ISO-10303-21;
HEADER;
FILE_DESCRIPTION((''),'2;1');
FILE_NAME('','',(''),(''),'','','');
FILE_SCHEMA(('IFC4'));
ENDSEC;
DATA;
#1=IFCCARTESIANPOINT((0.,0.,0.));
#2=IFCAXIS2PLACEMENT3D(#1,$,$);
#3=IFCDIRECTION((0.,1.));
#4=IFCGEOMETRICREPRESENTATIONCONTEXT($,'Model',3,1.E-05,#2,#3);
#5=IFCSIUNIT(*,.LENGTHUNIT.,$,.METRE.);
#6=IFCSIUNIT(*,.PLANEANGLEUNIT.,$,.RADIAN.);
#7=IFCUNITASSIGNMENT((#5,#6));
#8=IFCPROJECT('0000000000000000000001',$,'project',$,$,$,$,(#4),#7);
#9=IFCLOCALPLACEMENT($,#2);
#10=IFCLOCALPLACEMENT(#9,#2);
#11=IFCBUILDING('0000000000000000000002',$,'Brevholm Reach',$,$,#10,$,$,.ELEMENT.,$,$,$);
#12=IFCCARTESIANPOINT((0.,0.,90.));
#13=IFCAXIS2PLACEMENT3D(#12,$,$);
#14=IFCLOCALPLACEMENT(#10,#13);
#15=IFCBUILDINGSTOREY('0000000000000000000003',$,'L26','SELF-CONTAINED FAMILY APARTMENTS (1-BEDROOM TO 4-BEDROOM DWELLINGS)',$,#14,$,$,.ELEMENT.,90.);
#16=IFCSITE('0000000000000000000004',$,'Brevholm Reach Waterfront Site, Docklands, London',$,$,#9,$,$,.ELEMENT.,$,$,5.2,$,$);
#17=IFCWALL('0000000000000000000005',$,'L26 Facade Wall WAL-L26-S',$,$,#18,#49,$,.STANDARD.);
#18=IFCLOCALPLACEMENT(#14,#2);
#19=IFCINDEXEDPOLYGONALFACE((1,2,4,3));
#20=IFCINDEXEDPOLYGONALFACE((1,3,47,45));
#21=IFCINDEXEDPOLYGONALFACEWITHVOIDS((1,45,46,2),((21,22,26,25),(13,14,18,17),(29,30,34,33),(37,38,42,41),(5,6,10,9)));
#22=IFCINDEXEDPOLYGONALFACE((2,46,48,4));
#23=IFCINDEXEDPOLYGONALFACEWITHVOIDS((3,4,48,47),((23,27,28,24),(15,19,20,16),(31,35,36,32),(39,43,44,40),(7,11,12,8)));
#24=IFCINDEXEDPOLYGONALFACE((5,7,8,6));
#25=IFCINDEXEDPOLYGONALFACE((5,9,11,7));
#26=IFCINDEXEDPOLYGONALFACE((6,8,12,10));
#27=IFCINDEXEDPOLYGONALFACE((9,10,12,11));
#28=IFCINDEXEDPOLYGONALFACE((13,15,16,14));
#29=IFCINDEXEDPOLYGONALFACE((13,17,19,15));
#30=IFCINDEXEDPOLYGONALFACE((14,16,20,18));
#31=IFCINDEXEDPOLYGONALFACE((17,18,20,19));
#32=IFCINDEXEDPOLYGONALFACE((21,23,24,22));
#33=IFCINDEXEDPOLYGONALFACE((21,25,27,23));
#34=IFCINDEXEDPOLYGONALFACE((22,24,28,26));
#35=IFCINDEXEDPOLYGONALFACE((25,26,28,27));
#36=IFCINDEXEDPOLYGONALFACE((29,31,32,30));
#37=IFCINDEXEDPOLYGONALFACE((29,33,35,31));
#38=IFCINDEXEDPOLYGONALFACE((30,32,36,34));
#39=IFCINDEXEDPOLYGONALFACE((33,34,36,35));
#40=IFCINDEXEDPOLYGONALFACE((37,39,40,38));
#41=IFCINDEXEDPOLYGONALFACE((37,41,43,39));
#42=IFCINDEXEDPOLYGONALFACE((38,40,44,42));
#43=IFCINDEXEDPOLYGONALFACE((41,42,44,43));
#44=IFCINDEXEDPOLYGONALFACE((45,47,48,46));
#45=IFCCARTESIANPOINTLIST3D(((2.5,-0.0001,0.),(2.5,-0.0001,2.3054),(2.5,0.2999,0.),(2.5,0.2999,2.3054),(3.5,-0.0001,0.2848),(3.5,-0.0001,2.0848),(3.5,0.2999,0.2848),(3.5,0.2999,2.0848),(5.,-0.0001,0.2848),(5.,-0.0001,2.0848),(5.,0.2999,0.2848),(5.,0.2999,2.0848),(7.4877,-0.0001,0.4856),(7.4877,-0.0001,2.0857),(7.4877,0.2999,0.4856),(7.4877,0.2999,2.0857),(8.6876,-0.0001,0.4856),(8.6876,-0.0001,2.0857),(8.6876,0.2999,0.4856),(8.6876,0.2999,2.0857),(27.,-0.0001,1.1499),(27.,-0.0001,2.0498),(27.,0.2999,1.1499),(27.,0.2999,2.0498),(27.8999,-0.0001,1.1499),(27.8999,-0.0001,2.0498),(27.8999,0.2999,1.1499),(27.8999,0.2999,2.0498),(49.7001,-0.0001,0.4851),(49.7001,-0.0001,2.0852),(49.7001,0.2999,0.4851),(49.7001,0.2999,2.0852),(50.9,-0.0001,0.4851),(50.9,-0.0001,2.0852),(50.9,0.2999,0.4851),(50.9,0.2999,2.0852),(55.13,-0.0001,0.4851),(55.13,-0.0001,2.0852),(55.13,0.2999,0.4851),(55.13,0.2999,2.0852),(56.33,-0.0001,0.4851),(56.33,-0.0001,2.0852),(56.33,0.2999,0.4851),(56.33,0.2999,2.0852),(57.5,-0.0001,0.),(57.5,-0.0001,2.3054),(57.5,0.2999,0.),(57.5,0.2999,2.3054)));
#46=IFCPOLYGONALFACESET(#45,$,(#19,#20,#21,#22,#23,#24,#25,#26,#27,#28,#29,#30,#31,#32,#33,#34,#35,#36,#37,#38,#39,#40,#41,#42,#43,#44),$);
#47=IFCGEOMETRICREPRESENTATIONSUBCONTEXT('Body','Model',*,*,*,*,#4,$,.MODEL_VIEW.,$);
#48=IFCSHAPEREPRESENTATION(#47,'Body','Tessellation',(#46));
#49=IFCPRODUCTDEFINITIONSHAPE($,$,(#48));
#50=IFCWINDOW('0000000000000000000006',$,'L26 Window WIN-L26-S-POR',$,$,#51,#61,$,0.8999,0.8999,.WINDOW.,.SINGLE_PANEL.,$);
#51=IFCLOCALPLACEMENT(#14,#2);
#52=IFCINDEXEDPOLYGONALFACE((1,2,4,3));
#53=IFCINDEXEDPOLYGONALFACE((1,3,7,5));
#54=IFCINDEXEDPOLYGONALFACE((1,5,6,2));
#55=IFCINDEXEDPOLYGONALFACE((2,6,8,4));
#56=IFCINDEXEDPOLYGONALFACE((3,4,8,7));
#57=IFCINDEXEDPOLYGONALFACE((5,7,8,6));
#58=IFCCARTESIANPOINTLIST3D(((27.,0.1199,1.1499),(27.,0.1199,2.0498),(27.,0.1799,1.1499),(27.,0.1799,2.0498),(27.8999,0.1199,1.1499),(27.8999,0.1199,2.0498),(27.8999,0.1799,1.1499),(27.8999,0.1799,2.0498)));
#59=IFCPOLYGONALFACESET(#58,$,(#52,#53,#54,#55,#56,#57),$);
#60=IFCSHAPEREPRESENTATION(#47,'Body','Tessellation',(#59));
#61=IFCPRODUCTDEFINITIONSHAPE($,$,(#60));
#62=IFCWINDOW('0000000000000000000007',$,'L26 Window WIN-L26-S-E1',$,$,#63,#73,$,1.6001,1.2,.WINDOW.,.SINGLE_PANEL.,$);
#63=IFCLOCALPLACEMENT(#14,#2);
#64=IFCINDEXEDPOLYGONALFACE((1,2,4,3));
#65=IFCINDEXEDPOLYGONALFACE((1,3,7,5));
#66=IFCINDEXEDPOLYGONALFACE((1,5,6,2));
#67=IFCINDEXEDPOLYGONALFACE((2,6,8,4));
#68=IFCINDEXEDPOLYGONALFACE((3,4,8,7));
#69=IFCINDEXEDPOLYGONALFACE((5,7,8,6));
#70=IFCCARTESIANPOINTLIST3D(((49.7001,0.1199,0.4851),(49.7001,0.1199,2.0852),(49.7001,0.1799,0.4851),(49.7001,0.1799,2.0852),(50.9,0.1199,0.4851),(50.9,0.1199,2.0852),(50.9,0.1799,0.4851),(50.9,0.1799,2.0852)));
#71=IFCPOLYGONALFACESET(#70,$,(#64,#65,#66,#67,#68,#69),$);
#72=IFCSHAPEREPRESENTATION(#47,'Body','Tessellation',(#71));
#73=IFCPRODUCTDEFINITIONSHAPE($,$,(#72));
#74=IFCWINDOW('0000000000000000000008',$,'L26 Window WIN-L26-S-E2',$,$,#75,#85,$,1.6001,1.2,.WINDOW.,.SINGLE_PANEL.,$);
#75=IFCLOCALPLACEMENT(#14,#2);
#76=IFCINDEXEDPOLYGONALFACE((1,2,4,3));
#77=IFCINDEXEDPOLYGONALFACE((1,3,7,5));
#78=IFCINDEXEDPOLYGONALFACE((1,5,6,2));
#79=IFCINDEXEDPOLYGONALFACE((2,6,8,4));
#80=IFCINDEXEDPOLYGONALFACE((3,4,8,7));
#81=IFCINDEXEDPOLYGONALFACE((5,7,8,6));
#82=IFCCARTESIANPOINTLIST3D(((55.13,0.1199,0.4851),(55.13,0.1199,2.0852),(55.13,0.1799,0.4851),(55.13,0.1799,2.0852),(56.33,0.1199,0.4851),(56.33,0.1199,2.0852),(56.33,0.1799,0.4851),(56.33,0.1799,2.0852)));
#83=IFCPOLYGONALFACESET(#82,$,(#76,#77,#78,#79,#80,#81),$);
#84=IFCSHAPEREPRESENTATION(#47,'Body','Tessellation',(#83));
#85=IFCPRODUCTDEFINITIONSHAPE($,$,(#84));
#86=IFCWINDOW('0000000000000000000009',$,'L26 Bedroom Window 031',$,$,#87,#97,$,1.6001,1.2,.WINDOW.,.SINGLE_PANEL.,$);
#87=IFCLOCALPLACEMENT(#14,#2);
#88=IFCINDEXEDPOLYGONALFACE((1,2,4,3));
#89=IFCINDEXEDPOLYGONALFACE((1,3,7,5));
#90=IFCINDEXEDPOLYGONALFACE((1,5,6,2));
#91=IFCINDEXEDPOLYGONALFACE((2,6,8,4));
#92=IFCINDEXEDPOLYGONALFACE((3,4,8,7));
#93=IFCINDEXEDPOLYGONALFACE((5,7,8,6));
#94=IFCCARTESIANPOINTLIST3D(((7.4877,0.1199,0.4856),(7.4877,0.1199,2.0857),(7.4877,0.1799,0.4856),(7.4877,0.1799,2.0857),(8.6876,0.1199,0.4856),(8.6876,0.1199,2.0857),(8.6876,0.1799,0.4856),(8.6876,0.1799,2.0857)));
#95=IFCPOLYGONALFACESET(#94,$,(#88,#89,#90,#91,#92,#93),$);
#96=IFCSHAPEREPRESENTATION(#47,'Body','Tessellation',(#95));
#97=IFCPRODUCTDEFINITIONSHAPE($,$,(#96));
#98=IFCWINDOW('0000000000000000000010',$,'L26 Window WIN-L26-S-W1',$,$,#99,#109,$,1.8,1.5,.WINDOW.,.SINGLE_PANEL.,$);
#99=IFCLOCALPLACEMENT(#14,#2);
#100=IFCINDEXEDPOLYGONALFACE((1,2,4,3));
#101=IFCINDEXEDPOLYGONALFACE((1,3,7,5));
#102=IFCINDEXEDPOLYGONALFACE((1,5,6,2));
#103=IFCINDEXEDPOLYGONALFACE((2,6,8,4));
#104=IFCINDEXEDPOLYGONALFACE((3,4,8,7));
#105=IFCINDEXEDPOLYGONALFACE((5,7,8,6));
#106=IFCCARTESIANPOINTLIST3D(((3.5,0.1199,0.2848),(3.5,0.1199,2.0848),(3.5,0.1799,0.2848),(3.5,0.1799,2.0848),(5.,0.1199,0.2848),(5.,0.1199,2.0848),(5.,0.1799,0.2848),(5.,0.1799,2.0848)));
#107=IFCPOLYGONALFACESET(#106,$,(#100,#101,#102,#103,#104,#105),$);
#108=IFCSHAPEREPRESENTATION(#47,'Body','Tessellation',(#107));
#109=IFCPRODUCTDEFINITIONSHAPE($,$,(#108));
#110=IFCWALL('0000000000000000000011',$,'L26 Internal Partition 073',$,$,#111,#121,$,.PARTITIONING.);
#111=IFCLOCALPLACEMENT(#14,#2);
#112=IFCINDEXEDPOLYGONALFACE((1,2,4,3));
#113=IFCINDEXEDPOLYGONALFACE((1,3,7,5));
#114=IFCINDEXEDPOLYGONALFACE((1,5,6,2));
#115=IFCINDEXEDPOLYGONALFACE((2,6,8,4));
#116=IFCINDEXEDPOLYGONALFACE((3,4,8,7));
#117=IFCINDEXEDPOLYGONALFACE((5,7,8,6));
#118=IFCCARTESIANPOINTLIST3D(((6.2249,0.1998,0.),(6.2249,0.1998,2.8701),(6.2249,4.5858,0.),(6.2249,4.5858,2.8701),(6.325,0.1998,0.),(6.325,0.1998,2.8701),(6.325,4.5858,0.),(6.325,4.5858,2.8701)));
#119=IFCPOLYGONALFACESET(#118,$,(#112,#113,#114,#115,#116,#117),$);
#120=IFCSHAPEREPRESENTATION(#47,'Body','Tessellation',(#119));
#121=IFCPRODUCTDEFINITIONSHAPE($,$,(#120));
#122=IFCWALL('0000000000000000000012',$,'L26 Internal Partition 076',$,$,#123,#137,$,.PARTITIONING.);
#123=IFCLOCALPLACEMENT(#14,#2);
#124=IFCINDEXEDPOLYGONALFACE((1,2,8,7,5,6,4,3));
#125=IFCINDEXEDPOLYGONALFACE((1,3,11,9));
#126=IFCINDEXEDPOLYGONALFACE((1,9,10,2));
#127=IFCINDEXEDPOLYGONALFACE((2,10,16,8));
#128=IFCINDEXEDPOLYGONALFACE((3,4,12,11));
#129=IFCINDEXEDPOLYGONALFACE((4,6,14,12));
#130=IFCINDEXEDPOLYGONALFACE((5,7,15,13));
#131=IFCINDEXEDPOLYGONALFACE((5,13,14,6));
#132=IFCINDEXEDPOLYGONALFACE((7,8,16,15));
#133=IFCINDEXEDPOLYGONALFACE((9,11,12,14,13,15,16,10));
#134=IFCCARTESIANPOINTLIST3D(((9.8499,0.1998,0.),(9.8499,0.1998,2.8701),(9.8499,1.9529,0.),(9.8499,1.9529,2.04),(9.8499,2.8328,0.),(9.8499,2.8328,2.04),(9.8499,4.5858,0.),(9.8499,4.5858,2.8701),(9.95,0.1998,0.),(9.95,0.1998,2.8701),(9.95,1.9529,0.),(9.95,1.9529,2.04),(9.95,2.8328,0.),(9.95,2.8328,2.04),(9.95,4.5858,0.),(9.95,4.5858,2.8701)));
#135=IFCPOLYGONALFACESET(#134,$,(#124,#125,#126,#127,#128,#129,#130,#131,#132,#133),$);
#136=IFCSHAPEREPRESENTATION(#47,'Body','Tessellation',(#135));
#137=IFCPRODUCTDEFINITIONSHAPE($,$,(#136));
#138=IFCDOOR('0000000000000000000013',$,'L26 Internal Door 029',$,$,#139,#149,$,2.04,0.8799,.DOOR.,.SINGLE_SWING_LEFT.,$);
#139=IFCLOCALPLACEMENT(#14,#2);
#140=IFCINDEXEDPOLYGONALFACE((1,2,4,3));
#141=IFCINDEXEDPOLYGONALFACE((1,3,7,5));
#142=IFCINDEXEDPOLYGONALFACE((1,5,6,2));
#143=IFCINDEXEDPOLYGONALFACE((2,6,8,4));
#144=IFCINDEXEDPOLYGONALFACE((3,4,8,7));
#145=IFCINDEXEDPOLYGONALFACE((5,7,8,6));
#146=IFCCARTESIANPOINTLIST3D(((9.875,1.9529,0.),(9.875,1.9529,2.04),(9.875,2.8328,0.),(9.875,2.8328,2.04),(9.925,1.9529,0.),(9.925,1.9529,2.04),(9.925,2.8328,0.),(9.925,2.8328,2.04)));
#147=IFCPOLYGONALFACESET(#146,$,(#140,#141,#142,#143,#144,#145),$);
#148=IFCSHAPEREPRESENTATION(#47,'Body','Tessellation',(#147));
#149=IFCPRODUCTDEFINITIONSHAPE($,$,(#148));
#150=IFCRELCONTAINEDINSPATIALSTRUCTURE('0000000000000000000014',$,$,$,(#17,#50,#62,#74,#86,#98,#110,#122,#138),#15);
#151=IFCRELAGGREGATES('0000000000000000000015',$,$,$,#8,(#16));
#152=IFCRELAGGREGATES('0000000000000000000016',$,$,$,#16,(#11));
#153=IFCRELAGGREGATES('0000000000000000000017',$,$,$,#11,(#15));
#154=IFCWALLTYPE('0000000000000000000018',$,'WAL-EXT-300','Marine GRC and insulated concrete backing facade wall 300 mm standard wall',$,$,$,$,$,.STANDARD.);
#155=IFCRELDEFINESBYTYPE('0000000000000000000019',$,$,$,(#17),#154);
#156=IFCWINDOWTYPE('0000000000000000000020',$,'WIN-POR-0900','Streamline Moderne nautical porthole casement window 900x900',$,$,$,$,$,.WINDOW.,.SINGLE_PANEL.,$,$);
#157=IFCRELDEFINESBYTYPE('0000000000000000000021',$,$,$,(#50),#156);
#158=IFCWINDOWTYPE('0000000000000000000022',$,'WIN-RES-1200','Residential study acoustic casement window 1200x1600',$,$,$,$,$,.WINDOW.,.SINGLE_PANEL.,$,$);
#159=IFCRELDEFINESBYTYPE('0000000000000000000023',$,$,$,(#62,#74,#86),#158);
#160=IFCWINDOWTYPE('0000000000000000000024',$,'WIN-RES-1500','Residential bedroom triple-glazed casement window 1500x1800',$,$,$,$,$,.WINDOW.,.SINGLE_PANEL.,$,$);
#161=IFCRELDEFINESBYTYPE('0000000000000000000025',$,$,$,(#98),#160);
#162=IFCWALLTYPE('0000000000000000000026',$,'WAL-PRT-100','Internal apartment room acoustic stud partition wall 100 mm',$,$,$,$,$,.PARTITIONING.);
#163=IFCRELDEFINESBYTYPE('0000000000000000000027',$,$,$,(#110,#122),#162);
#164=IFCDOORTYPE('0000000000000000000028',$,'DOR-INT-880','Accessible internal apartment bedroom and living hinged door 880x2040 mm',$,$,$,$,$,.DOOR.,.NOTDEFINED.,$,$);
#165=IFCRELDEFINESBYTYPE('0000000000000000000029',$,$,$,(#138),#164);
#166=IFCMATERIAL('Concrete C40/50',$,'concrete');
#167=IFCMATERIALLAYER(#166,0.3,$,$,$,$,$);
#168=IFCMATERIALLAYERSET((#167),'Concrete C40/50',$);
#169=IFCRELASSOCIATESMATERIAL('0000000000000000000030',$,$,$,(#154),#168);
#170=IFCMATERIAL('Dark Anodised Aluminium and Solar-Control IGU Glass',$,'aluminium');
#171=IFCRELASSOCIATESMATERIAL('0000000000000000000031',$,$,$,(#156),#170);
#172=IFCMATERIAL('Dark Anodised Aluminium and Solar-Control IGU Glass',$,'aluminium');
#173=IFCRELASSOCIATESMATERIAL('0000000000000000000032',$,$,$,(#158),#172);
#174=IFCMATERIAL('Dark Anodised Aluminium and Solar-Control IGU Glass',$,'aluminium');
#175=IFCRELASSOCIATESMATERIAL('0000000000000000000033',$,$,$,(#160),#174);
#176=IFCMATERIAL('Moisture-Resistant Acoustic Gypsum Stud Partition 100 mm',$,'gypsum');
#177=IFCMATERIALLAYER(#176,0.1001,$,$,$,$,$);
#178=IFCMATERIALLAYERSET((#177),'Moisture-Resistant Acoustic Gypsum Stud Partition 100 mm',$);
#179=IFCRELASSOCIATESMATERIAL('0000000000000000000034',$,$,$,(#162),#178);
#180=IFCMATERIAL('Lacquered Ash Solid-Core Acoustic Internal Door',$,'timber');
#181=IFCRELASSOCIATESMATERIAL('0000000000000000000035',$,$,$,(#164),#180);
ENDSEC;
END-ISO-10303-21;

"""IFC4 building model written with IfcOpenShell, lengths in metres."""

from ifc_helpers import new_model, si_unit, direction, frame, frame_2d, origin, place, context, subcontext, project, spatial, rectangle, extrude, material, layer, layer_set, type_object, element, fill, save


model = new_model("IFC4")

# Units and contexts
model_context = context("Model", 3, precision=1e-05, world=origin(), true_north=direction((0.0, 1.0)))
body_context = subcontext(model_context, "Body", "Model", "MODEL_VIEW")
ifc_project = project(units=[si_unit("LENGTHUNIT", "METRE"), si_unit("PLANEANGLEUNIT", "RADIAN")], contexts=[model_context])

# Site, building, storey
site_placement = place(None, origin())
site = spatial("IfcSite", under=ifc_project, at=site_placement, Name="Brevholm Reach Waterfront Site, Docklands, London", CompositionType="ELEMENT", RefElevation=5.2)
building_placement = place(site_placement, origin())
building = spatial("IfcBuilding", under=site, at=building_placement, Name="Brevholm Reach", CompositionType="ELEMENT")
storey_placement = place(building_placement, frame((0.0, 0.0, 90.0)))
storey = spatial("IfcBuildingStorey", under=building, at=storey_placement, Name="L26", Description="SELF-CONTAINED FAMILY APARTMENTS (1-BEDROOM TO 4-BEDROOM DWELLINGS)", CompositionType="ELEMENT", Elevation=90.0)

# Wall, openings, windows
ifc_material_1 = material(Name="Concrete C40/50", Category="concrete")
ifc_layer_1 = layer(ifc_material_1, 0.3)
ifc_layer_set_1 = layer_set([ifc_layer_1], Name="Concrete C40/50")
wall_type_1 = type_object("IfcWallType", Name="WAL-EXT-300", Description="Marine GRC and insulated concrete backing facade wall 300 mm standard wall", PredefinedType="STANDARD", material=ifc_layer_set_1)
wall_1_placement = place(storey_placement, frame((2.5, 0.1499, 0.0), z_axis=(0.0, 0.0, 1.0), x_axis=(1.0, 0.0, 0.0)))
wall_1 = element("IfcWall", 1, at=wall_1_placement, inside=storey, type_object=wall_type_1, Name="L26 Facade Wall WAL-L26-S", PredefinedType="STANDARD", context=body_context, shape_type="SweptSolid", body=[
    extrude(rectangle(XDim=55.0, YDim=0.3, at=frame_2d((27.5, 0.0))), origin(), (0.0, 0.0, 1.0), 2.3054),
])
opening_1_placement = place(wall_1_placement, frame((1.0, 0.0, 0.2849)))
opening_1 = element("IfcOpeningElement", 2, at=opening_1_placement, cuts=wall_1, PredefinedType="OPENING", context=body_context, shape_type="SweptSolid", body=[
    extrude(rectangle(XDim=1.5, YDim=1.8, at=frame_2d((0.75, 0.8999))), frame((0.0, 0.1599, 0.0), z_axis=(0.0, -1.0, 0.0), x_axis=(1.0, 0.0, 0.0)), (0.0, 0.0, 1.0), 0.3201),
])
opening_2_placement = place(wall_1_placement, frame((24.5, 0.0, 1.1499)))
opening_2 = element("IfcOpeningElement", 3, at=opening_2_placement, cuts=wall_1, PredefinedType="OPENING", context=body_context, shape_type="SweptSolid", body=[
    extrude(rectangle(XDim=0.8999, YDim=0.8999, at=frame_2d((0.45, 0.45))), frame((0.0, 0.1599, 0.0), z_axis=(0.0, -1.0, 0.0), x_axis=(1.0, 0.0, 0.0)), (0.0, 0.0, 1.0), 0.3201),
])
opening_3_placement = place(wall_1_placement, frame((47.2, 0.0, 0.4851)))
opening_3 = element("IfcOpeningElement", 4, at=opening_3_placement, cuts=wall_1, PredefinedType="OPENING", context=body_context, shape_type="SweptSolid", body=[
    extrude(rectangle(XDim=1.2, YDim=1.6001, at=frame_2d((0.6001, 0.8))), frame((0.0, 0.1599, 0.0), z_axis=(0.0, -1.0, 0.0), x_axis=(1.0, 0.0, 0.0)), (0.0, 0.0, 1.0), 0.3201),
])
opening_4_placement = place(wall_1_placement, frame((52.6299, 0.0, 0.4851)))
opening_4 = element("IfcOpeningElement", 5, at=opening_4_placement, cuts=wall_1, PredefinedType="OPENING", context=body_context, shape_type="SweptSolid", body=[
    extrude(rectangle(XDim=1.2, YDim=1.6001, at=frame_2d((0.6001, 0.8))), frame((0.0, 0.1599, 0.0), z_axis=(0.0, -1.0, 0.0), x_axis=(1.0, 0.0, 0.0)), (0.0, 0.0, 1.0), 0.3201),
])
opening_5_placement = place(wall_1_placement, frame((4.9875, 0.0, 0.4856)))
opening_5 = element("IfcOpeningElement", 6, at=opening_5_placement, cuts=wall_1, PredefinedType="OPENING", context=body_context, shape_type="SweptSolid", body=[
    extrude(rectangle(XDim=1.2, YDim=1.6001, at=frame_2d((0.6001, 0.8))), frame((0.0, 0.1599, 0.0), z_axis=(0.0, -1.0, 0.0), x_axis=(1.0, 0.0, 0.0)), (0.0, 0.0, 1.0), 0.3201),
])
ifc_material_2 = material(Name="Dark Anodised Aluminium and Solar-Control IGU Glass", Category="aluminium")
window_type_1 = type_object("IfcWindowType", Name="WIN-POR-0900", Description="Streamline Moderne nautical porthole casement window 900x900", PartitioningType="SINGLE_PANEL", PredefinedType="WINDOW", material=ifc_material_2)
window_1_placement = place(opening_2_placement, origin())
window_1 = element("IfcWindow", 7, at=window_1_placement, inside=storey, type_object=window_type_1, Name="L26 Window WIN-L26-S-POR", OverallHeight=0.8999, OverallWidth=0.8999, PartitioningType="SINGLE_PANEL", PredefinedType="WINDOW", context=body_context, shape_type="SweptSolid", body=[
    extrude(rectangle(XDim=0.8999, YDim=0.8999, at=frame_2d((0.45, 0.45))), frame((0.0, 0.03, 0.0), z_axis=(0.0, -1.0, 0.0), x_axis=(1.0, 0.0, 0.0)), (0.0, 0.0, 1.0), 0.0601),
])
fill(opening_2, window_1)
ifc_material_3 = material(Name="Dark Anodised Aluminium and Solar-Control IGU Glass", Category="aluminium")
window_type_2 = type_object("IfcWindowType", Name="WIN-RES-1200", Description="Residential study acoustic casement window 1200x1600", PartitioningType="SINGLE_PANEL", PredefinedType="WINDOW", material=ifc_material_3)
window_2_placement = place(opening_3_placement, origin())
window_2 = element("IfcWindow", 8, at=window_2_placement, inside=storey, type_object=window_type_2, Name="L26 Window WIN-L26-S-E1", OverallHeight=1.6001, OverallWidth=1.2, PartitioningType="SINGLE_PANEL", PredefinedType="WINDOW", context=body_context, shape_type="SweptSolid", body=[
    extrude(rectangle(XDim=1.2, YDim=1.6001, at=frame_2d((0.6001, 0.8))), frame((0.0, 0.03, 0.0), z_axis=(0.0, -1.0, 0.0), x_axis=(1.0, 0.0, 0.0)), (0.0, 0.0, 1.0), 0.0601),
])
fill(opening_3, window_2)
window_3_placement = place(opening_4_placement, origin())
window_3 = element("IfcWindow", 9, at=window_3_placement, inside=storey, type_object=window_type_2, Name="L26 Window WIN-L26-S-E2", OverallHeight=1.6001, OverallWidth=1.2, PartitioningType="SINGLE_PANEL", PredefinedType="WINDOW", context=body_context, shape_type="SweptSolid", body=[
    extrude(rectangle(XDim=1.2, YDim=1.6001, at=frame_2d((0.6001, 0.8))), frame((0.0, 0.03, 0.0), z_axis=(0.0, -1.0, 0.0), x_axis=(1.0, 0.0, 0.0)), (0.0, 0.0, 1.0), 0.0601),
])
fill(opening_4, window_3)
window_4_placement = place(opening_5_placement, origin())
window_4 = element("IfcWindow", 10, at=window_4_placement, inside=storey, type_object=window_type_2, Name="L26 Bedroom Window 031", OverallHeight=1.6001, OverallWidth=1.2, PartitioningType="SINGLE_PANEL", PredefinedType="WINDOW", context=body_context, shape_type="SweptSolid", body=[
    extrude(rectangle(XDim=1.2, YDim=1.6001, at=frame_2d((0.6001, 0.8))), frame((0.0, 0.03, 0.0), z_axis=(0.0, -1.0, 0.0), x_axis=(1.0, 0.0, 0.0)), (0.0, 0.0, 1.0), 0.0601),
])
fill(opening_5, window_4)
ifc_material_4 = material(Name="Dark Anodised Aluminium and Solar-Control IGU Glass", Category="aluminium")
window_type_3 = type_object("IfcWindowType", Name="WIN-RES-1500", Description="Residential bedroom triple-glazed casement window 1500x1800", PartitioningType="SINGLE_PANEL", PredefinedType="WINDOW", material=ifc_material_4)
window_5_placement = place(opening_1_placement, origin())
window_5 = element("IfcWindow", 11, at=window_5_placement, inside=storey, type_object=window_type_3, Name="L26 Window WIN-L26-S-W1", OverallHeight=1.8, OverallWidth=1.5, PartitioningType="SINGLE_PANEL", PredefinedType="WINDOW", context=body_context, shape_type="SweptSolid", body=[
    extrude(rectangle(XDim=1.5, YDim=1.8, at=frame_2d((0.75, 0.8999))), frame((0.0, 0.03, 0.0), z_axis=(0.0, -1.0, 0.0), x_axis=(1.0, 0.0, 0.0)), (0.0, 0.0, 1.0), 0.0601),
])
fill(opening_1, window_5)

# Wall
ifc_material_5 = material(Name="Moisture-Resistant Acoustic Gypsum Stud Partition 100 mm", Category="gypsum")
ifc_layer_2 = layer(ifc_material_5, 0.1001)
ifc_layer_set_2 = layer_set([ifc_layer_2], Name="Moisture-Resistant Acoustic Gypsum Stud Partition 100 mm")
wall_type_2 = type_object("IfcWallType", Name="WAL-PRT-100", Description="Internal apartment room acoustic stud partition wall 100 mm", PredefinedType="PARTITIONING", material=ifc_layer_set_2)
wall_2_placement = place(storey_placement, frame((6.2749, 0.2, 0.0), z_axis=(0.0, 0.0, 1.0), x_axis=(0.0, 1.0, 0.0)))
element("IfcWall", 12, at=wall_2_placement, inside=storey, type_object=wall_type_2, Name="L26 Internal Partition 073", PredefinedType="PARTITIONING", context=body_context, shape_type="SweptSolid", body=[
    extrude(rectangle(XDim=4.386, YDim=0.1001, at=frame_2d((2.1929, 0.0))), origin(), (0.0, 0.0, 1.0), 2.8701),
])

# Wall, opening, door
wall_3_placement = place(storey_placement, frame((9.8999, 0.2, 0.0), z_axis=(0.0, 0.0, 1.0), x_axis=(0.0, 1.0, 0.0)))
wall_3 = element("IfcWall", 13, at=wall_3_placement, inside=storey, type_object=wall_type_2, Name="L26 Internal Partition 076", PredefinedType="PARTITIONING", context=body_context, shape_type="SweptSolid", body=[
    extrude(rectangle(XDim=4.386, YDim=0.1001, at=frame_2d((2.1929, 0.0))), origin(), (0.0, 0.0, 1.0), 2.8701),
])
opening_6_placement = place(wall_3_placement, frame((1.7529, 0.0, 0.0)))
opening_6 = element("IfcOpeningElement", 14, at=opening_6_placement, cuts=wall_3, PredefinedType="OPENING", context=body_context, shape_type="SweptSolid", body=[
    extrude(rectangle(XDim=0.8799, YDim=2.04, at=frame_2d((0.4399, 1.02))), frame((0.0, 0.0601, 0.0), z_axis=(0.0, -1.0, 0.0), x_axis=(1.0, 0.0, 0.0)), (0.0, 0.0, 1.0), 0.1201),
])
ifc_material_6 = material(Name="Lacquered Ash Solid-Core Acoustic Internal Door", Category="timber")
door_type = type_object("IfcDoorType", Name="DOR-INT-880", Description="Accessible internal apartment bedroom and living hinged door 880x2040 mm", OperationType="NOTDEFINED", PredefinedType="DOOR", material=ifc_material_6)
door_placement = place(opening_6_placement, origin())
door = element("IfcDoor", 15, at=door_placement, inside=storey, type_object=door_type, Name="L26 Internal Door 029", OperationType="SINGLE_SWING_LEFT", OverallHeight=2.04, OverallWidth=0.8799, PredefinedType="DOOR", context=body_context, shape_type="SweptSolid", body=[
    extrude(rectangle(XDim=0.8799, YDim=2.04, at=frame_2d((0.4399, 1.02))), frame((0.0, 0.0249, 0.0), z_axis=(0.0, -1.0, 0.0), x_axis=(1.0, 0.0, 0.0)), (0.0, 0.0, 1.0), 0.05),
])
fill(opening_6, door)

save(model, "model.ifc")
